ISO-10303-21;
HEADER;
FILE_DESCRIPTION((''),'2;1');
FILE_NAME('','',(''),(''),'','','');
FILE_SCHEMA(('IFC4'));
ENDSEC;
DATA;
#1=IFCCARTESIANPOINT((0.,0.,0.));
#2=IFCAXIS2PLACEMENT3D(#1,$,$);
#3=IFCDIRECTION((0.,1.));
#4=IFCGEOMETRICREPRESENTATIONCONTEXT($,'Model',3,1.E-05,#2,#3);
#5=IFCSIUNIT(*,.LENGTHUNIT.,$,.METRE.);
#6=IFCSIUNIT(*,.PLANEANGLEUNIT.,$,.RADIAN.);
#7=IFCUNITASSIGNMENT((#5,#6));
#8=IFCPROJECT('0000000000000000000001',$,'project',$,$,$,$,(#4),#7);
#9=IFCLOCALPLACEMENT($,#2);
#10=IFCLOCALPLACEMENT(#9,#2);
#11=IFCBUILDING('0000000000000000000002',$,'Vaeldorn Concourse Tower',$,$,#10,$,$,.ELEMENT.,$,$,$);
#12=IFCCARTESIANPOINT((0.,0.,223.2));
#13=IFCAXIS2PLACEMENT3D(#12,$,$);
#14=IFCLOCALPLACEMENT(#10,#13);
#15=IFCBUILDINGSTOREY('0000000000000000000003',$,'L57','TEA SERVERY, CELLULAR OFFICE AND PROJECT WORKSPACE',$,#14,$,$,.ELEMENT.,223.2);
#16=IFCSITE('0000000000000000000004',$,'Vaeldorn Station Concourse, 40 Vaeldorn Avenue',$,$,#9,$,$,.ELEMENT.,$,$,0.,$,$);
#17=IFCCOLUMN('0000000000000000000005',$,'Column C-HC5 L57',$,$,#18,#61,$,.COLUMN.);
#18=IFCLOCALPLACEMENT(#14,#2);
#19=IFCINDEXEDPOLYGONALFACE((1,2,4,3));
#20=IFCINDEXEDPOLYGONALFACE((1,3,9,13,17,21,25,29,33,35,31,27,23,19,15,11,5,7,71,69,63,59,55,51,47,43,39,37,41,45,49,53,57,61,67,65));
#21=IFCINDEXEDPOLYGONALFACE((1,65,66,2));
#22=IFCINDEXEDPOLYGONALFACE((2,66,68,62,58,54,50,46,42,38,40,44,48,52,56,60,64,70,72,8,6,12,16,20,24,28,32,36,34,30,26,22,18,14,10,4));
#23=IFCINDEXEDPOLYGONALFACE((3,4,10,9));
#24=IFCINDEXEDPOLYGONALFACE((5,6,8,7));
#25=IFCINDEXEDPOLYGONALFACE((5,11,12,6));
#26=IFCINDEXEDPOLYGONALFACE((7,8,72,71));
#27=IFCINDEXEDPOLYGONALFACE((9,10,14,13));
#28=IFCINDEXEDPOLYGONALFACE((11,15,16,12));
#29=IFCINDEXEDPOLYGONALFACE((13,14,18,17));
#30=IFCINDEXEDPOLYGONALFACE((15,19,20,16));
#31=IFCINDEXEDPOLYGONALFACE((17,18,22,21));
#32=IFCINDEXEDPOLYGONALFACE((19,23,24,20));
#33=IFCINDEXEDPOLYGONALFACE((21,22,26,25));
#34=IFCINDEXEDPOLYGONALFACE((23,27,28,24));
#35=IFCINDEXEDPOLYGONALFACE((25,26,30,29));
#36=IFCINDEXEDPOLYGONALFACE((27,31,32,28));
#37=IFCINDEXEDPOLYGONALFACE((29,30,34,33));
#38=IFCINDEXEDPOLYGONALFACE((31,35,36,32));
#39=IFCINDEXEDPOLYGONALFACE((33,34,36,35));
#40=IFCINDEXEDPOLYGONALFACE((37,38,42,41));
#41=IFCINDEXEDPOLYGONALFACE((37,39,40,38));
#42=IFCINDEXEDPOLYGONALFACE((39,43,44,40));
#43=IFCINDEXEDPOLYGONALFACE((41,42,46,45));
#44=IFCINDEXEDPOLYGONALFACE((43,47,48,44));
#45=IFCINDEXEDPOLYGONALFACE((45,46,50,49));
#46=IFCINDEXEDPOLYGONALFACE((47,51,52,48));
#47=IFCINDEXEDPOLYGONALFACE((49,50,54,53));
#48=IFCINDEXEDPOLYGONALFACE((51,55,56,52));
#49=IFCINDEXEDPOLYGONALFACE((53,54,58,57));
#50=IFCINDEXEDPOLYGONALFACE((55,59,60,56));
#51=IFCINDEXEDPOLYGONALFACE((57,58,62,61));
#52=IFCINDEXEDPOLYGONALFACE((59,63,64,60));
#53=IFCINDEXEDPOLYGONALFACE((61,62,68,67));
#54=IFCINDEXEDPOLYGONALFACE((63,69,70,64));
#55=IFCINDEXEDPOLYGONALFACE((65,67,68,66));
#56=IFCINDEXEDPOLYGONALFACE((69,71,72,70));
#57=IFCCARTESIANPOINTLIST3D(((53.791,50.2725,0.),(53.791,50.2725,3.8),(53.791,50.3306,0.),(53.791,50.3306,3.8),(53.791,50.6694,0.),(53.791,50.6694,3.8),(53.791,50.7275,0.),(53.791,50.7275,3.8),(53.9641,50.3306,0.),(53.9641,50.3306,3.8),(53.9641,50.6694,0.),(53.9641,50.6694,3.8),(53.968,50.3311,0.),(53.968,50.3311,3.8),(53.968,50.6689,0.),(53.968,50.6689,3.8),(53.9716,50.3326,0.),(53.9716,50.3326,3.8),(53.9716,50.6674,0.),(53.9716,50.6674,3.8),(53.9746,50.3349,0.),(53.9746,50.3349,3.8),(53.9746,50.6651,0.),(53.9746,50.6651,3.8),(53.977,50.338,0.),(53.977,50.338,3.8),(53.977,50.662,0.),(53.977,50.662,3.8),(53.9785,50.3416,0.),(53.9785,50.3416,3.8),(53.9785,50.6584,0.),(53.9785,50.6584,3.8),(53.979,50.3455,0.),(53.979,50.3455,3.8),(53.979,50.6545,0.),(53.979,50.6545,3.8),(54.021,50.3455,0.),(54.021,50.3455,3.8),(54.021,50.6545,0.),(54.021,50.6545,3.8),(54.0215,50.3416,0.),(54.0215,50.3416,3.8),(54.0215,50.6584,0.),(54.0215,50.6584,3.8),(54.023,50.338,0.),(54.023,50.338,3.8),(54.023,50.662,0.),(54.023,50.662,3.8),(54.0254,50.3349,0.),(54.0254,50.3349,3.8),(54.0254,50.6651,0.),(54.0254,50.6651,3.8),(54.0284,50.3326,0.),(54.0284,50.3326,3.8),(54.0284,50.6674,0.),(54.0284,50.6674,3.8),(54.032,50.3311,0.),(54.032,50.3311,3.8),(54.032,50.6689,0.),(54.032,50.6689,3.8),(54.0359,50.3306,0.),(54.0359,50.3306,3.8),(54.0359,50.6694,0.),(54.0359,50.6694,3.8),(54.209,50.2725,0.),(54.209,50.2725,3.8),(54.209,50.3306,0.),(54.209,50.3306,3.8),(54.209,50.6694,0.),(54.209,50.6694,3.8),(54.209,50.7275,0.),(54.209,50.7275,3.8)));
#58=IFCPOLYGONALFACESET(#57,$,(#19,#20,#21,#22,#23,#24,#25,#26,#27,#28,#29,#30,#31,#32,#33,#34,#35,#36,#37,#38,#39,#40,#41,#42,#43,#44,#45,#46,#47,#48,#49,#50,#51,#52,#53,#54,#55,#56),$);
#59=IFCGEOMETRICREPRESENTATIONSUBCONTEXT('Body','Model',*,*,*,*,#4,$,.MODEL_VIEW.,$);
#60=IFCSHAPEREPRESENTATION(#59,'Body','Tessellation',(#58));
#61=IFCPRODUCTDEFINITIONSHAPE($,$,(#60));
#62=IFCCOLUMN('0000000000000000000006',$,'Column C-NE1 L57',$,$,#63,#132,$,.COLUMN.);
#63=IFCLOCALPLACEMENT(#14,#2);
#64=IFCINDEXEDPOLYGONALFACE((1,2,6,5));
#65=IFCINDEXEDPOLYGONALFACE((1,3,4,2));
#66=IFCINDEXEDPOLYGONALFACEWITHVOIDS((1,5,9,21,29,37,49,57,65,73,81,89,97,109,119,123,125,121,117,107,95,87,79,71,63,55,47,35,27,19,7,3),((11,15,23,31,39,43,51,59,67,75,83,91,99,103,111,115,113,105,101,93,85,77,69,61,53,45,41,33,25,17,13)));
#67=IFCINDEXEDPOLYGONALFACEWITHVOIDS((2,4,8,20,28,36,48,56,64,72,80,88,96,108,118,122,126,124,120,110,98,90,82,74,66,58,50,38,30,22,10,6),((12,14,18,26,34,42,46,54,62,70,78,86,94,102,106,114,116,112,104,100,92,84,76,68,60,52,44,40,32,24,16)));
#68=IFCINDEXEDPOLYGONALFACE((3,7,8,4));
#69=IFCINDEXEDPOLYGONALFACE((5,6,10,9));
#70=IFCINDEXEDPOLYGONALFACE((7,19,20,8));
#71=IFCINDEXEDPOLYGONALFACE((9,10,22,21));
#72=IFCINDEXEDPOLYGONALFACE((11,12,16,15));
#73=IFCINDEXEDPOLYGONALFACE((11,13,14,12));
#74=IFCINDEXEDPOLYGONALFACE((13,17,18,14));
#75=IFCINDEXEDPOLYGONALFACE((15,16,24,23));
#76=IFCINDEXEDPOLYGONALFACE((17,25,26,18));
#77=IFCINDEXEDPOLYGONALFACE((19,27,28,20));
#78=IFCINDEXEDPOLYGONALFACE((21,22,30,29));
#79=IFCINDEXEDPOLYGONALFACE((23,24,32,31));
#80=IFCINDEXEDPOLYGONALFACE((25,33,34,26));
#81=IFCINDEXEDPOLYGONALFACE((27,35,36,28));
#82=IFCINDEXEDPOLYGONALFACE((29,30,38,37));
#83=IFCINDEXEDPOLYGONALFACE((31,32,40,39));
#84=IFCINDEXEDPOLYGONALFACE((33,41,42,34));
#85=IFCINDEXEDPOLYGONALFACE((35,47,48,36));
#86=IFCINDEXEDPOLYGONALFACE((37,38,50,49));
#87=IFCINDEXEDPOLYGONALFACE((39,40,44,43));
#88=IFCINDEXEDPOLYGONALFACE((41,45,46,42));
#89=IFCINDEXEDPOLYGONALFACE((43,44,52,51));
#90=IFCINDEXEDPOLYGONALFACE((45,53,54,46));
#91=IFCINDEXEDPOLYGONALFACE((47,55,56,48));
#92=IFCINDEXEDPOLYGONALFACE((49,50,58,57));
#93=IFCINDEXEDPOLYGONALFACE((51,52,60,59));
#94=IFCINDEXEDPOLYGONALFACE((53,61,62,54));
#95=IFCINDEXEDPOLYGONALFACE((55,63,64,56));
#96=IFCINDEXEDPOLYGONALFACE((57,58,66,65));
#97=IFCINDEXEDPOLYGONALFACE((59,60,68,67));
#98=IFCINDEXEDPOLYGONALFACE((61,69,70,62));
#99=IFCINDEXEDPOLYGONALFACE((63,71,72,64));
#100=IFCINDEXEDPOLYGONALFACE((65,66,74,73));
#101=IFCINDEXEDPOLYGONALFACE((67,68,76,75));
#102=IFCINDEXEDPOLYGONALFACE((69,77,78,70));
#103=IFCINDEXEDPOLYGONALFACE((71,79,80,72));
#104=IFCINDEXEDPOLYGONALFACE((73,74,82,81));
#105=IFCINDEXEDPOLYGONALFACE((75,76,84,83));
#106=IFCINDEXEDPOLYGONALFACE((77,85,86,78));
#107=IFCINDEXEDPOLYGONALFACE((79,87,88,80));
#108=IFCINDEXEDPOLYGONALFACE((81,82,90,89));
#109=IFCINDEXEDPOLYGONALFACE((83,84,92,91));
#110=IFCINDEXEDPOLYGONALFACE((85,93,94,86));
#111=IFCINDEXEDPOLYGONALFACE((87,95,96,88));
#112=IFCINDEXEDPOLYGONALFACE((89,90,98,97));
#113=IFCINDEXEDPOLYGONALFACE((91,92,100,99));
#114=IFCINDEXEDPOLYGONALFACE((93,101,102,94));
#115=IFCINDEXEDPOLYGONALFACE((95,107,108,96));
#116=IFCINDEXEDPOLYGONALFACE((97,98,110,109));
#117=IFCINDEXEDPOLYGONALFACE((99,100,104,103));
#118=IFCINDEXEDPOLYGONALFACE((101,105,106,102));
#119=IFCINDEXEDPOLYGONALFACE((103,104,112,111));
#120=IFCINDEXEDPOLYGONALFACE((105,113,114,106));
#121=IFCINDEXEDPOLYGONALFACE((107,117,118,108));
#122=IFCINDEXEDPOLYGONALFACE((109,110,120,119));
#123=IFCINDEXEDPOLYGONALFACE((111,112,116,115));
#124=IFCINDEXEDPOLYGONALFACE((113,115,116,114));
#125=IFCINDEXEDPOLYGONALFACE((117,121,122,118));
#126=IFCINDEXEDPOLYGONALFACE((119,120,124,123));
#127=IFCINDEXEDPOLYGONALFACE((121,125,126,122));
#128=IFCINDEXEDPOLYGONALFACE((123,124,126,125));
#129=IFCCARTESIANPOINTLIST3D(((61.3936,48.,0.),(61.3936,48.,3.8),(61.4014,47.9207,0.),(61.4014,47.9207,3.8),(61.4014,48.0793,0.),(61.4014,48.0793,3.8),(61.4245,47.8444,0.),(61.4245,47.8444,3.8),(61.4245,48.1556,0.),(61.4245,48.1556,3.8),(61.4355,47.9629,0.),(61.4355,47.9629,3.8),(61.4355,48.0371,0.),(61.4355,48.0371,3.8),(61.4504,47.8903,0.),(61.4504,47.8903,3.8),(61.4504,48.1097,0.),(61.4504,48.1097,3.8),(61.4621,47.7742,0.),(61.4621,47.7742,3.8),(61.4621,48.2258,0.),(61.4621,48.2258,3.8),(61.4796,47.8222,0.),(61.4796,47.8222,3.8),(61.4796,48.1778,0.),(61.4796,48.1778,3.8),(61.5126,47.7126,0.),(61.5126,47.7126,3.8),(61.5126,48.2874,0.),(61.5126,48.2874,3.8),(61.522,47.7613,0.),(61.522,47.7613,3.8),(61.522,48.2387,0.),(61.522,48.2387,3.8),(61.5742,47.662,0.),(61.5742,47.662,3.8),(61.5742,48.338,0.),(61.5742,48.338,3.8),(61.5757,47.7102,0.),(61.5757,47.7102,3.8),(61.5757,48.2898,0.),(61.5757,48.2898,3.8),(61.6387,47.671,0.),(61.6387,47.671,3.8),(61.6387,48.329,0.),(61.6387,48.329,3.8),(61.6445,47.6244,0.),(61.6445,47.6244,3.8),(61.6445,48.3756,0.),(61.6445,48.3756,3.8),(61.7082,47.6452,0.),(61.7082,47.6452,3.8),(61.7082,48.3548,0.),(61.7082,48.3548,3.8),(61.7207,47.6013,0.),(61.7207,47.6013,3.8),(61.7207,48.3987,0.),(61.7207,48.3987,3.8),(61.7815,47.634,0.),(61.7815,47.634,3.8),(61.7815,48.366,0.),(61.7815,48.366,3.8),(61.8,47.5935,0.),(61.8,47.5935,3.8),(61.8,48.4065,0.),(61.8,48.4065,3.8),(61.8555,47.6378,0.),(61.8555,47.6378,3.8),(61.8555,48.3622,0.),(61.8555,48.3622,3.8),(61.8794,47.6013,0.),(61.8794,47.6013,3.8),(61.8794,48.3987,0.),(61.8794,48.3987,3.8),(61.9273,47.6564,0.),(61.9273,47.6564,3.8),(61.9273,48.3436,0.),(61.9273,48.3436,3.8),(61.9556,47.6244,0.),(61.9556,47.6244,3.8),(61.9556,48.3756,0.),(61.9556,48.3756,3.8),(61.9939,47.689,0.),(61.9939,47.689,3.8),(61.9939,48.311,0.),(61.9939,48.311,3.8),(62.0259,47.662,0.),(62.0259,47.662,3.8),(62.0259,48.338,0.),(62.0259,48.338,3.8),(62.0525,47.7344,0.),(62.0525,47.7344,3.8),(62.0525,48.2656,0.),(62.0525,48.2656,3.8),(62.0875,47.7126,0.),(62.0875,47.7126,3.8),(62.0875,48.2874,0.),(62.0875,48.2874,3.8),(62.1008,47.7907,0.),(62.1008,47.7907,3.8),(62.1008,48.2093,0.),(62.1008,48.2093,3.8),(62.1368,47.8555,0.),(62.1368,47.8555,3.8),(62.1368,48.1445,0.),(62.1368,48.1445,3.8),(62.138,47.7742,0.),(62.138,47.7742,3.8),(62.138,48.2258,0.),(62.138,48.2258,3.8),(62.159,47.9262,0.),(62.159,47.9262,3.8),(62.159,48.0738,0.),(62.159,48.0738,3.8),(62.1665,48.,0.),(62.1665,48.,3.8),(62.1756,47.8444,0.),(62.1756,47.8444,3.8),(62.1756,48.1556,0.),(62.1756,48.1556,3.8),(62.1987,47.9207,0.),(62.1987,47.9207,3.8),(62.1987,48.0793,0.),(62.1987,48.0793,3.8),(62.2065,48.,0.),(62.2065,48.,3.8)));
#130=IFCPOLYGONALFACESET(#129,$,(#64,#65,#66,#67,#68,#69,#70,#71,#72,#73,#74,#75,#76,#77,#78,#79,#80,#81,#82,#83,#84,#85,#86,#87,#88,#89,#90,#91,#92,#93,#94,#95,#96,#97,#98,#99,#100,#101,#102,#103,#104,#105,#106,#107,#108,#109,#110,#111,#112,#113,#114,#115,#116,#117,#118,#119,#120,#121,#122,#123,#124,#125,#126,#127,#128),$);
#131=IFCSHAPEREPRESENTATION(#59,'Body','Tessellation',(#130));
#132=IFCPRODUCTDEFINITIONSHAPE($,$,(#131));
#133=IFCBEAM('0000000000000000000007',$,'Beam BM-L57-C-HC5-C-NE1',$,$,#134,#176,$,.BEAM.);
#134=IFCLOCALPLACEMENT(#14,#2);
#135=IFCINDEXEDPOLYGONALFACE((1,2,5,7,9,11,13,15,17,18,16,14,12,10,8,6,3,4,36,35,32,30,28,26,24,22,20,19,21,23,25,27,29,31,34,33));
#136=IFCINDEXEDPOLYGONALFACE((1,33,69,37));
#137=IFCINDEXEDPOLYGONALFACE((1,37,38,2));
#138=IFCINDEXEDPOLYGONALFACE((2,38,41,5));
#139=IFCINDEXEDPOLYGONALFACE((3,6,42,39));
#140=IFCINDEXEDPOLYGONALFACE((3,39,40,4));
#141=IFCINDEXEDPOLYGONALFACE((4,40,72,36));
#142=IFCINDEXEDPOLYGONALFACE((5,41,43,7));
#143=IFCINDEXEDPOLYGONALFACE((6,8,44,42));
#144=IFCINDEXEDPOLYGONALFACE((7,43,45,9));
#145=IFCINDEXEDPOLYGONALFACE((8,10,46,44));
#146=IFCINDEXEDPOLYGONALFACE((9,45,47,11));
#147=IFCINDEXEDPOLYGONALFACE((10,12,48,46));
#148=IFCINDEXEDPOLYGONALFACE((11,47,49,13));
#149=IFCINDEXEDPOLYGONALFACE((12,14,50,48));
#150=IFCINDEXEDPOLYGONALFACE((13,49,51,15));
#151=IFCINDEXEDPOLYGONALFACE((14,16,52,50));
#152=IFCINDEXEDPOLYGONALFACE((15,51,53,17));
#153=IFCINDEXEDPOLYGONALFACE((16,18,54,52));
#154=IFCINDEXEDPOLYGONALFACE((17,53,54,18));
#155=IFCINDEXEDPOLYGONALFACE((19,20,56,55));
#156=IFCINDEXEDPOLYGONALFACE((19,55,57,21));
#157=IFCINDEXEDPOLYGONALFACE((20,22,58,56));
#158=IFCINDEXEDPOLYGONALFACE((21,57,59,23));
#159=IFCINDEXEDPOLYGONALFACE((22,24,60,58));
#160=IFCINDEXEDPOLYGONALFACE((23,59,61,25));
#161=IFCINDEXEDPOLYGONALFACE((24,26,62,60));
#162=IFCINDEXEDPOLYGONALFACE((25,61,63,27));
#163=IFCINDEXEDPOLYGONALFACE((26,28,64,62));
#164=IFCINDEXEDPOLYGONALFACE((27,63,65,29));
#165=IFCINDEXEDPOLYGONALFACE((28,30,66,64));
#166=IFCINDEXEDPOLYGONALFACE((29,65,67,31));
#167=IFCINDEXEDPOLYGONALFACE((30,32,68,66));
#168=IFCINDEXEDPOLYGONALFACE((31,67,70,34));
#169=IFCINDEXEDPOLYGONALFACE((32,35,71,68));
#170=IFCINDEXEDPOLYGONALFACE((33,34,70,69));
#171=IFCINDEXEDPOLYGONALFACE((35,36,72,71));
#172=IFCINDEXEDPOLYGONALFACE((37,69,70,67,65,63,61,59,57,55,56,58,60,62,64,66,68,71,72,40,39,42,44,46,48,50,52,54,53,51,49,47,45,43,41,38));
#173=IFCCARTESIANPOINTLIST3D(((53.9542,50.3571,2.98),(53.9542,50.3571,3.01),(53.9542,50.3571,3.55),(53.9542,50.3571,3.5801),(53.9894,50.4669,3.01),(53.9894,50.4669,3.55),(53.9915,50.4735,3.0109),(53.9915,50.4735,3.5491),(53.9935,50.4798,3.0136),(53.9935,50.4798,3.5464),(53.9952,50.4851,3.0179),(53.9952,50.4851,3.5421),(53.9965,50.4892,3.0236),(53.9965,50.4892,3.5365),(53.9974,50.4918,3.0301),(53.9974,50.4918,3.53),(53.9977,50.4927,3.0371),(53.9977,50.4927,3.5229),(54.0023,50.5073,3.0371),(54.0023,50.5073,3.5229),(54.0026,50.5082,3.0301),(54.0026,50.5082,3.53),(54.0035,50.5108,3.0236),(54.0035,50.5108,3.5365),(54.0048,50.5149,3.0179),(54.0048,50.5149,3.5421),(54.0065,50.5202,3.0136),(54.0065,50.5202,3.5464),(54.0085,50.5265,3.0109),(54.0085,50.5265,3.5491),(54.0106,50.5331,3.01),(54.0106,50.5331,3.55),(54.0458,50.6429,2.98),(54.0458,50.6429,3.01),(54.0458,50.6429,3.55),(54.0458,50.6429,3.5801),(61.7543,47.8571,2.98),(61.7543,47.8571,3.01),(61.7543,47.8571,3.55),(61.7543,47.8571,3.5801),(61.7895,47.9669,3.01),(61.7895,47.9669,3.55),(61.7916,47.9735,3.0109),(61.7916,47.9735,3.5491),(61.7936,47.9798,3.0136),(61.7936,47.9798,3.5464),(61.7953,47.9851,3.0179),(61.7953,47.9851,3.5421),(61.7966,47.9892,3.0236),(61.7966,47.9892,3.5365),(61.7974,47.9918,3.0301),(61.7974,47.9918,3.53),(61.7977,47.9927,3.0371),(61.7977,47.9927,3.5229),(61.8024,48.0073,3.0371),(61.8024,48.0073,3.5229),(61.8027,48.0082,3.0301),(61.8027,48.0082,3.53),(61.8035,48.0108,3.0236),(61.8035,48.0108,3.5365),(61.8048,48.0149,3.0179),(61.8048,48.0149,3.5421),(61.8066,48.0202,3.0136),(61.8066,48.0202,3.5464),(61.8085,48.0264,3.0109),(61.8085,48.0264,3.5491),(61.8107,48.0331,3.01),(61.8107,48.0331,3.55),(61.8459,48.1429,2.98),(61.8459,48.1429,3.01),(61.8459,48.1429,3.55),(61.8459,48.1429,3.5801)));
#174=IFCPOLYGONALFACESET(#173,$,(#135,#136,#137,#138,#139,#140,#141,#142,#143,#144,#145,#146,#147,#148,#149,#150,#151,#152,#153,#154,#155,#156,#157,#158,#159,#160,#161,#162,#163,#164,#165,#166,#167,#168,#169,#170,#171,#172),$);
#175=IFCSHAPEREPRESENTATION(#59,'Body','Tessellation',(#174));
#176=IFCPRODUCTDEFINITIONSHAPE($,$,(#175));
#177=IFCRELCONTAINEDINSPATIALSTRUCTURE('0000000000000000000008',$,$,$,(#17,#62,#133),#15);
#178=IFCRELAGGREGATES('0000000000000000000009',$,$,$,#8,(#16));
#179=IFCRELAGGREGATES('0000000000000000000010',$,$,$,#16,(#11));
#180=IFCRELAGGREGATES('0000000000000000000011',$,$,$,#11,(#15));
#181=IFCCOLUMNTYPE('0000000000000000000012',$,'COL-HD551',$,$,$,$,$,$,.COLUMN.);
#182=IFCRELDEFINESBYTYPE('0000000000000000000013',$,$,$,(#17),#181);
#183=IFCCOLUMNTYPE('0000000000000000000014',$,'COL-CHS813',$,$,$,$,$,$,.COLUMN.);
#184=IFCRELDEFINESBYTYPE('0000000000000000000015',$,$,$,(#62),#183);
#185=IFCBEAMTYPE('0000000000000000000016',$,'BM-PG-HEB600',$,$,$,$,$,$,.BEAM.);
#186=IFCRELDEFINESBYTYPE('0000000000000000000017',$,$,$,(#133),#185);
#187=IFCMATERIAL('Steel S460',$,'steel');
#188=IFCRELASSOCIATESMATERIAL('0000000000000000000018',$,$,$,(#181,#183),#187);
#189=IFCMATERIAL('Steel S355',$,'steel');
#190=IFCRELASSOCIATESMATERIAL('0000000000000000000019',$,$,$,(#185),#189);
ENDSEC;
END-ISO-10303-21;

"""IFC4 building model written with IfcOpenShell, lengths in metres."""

from ifc_helpers import new_model, si_unit, direction, frame, origin, origin_2d, place, context, subcontext, project, spatial, hollow_circle, i_section, extrude, source, transform, mapped, material, material_profile, profile_set, type_object, element, save


model = new_model("IFC4")

# Units and contexts
model_context = context("Model", 3, precision=1e-05, world=origin(), true_north=direction((0.0, 1.0)))
body_context = subcontext(model_context, "Body", "Model", "MODEL_VIEW")
ifc_project = project(units=[si_unit("LENGTHUNIT", "METRE"), si_unit("PLANEANGLEUNIT", "RADIAN")], contexts=[model_context])

# Site, building, storey
site_placement = place(None, origin())
site = spatial("IfcSite", under=ifc_project, at=site_placement, Name="Vaeldorn Station Concourse, 40 Vaeldorn Avenue", CompositionType="ELEMENT", RefElevation=0.0)
building_placement = place(site_placement, origin())
building = spatial("IfcBuilding", under=site, at=building_placement, Name="Vaeldorn Concourse Tower", CompositionType="ELEMENT")
storey_placement = place(building_placement, frame((0.0, 0.0, 223.2)))
storey = spatial("IfcBuildingStorey", under=building, at=storey_placement, Name="L57", Description="TEA SERVERY, CELLULAR OFFICE AND PROJECT WORKSPACE", CompositionType="ELEMENT", Elevation=223.2)

# Columns
ifc_material_1 = material(Name="Steel S460", Category="steel")
ifc_material_profile_1 = material_profile(ifc_material_1, i_section(OverallWidth=0.418, OverallDepth=0.4551, WebThickness=0.042, FlangeThickness=0.0581, FilletRadius=0.0149, at=origin_2d()), Name="HD 400x551")
ifc_profile_set_1 = profile_set([ifc_material_profile_1], Name="Steel S460")
column_type_1 = type_object("IfcColumnType", Name="COL-HD551", PredefinedType="COLUMN", material=ifc_profile_set_1)
shared_shape_1 = source(origin(), body_context, "Body", "SweptSolid", [
    extrude(i_section(OverallWidth=0.418, OverallDepth=0.4551, WebThickness=0.042, FlangeThickness=0.0581, FilletRadius=0.0149, at=origin_2d()), origin(), (0.0, 0.0, 1.0), 3.8),
])
column_1_placement = place(storey_placement, frame((54.0, 50.5, 0.0), z_axis=(0.0, 0.0, 1.0), x_axis=(1.0, 0.0, 0.0)))
element("IfcColumn", 1, at=column_1_placement, inside=storey, type_object=column_type_1, Name="Column C-HC5 L57", PredefinedType="COLUMN", context=body_context, shape_type="MappedRepresentation", body=[
    mapped(shared_shape_1, transform((0.0, 0.0, 0.0), scale=1.0)),
])
ifc_material_profile_2 = material_profile(ifc_material_1, hollow_circle(Radius=0.4065, WallThickness=0.04, at=origin_2d()), Name="CHS 813x40")
ifc_profile_set_2 = profile_set([ifc_material_profile_2], Name="Steel S460")
column_type_2 = type_object("IfcColumnType", Name="COL-CHS813", PredefinedType="COLUMN", material=ifc_profile_set_2)
shared_shape_2 = source(origin(), body_context, "Body", "SweptSolid", [
    extrude(hollow_circle(Radius=0.4065, WallThickness=0.04, at=origin_2d()), origin(), (0.0, 0.0, 1.0), 3.8),
])
column_2_placement = place(storey_placement, frame((61.8, 48.0, 0.0), z_axis=(0.0, 0.0, 1.0), x_axis=(1.0, 0.0, 0.0)))
element("IfcColumn", 2, at=column_2_placement, inside=storey, type_object=column_type_2, Name="Column C-NE1 L57", PredefinedType="COLUMN", context=body_context, shape_type="MappedRepresentation", body=[
    mapped(shared_shape_2, transform((0.0, 0.0, 0.0), scale=1.0)),
])

# Beam
ifc_material_2 = material(Name="Steel S355", Category="steel")
ifc_material_profile_3 = material_profile(ifc_material_2, i_section(OverallWidth=0.3, OverallDepth=0.6001, WebThickness=0.0154, FlangeThickness=0.03, FilletRadius=0.0271, at=origin_2d()), Name="HEB 600")
ifc_profile_set_3 = profile_set([ifc_material_profile_3], Name="Steel S355")
beam_type_1 = type_object("IfcBeamType", Name="BM-PG-HEB600", PredefinedType="BEAM", material=ifc_profile_set_3)
shared_shape_3 = source(origin(), body_context, "Body", "SweptSolid", [
    extrude(i_section(OverallWidth=0.3, OverallDepth=0.6001, WebThickness=0.0154, FlangeThickness=0.03, FilletRadius=0.0271, at=origin_2d()), origin(), (0.0, 0.0, 1.0), 8.1909),
])
beam_1_placement = place(storey_placement, frame((54.0, 50.5, 3.28), z_axis=(0.952283, -0.305217, 0.0), x_axis=(0.305217, 0.952283, 0.0)))
element("IfcBeam", 3, at=beam_1_placement, inside=storey, type_object=beam_type_1, Name="Beam BM-L57-C-HC5-C-NE1", PredefinedType="BEAM", context=body_context, shape_type="MappedRepresentation", body=[
    mapped(shared_shape_3, transform((0.0, 0.0, 0.0), scale=1.0)),
])

save(model, "model.ifc")
